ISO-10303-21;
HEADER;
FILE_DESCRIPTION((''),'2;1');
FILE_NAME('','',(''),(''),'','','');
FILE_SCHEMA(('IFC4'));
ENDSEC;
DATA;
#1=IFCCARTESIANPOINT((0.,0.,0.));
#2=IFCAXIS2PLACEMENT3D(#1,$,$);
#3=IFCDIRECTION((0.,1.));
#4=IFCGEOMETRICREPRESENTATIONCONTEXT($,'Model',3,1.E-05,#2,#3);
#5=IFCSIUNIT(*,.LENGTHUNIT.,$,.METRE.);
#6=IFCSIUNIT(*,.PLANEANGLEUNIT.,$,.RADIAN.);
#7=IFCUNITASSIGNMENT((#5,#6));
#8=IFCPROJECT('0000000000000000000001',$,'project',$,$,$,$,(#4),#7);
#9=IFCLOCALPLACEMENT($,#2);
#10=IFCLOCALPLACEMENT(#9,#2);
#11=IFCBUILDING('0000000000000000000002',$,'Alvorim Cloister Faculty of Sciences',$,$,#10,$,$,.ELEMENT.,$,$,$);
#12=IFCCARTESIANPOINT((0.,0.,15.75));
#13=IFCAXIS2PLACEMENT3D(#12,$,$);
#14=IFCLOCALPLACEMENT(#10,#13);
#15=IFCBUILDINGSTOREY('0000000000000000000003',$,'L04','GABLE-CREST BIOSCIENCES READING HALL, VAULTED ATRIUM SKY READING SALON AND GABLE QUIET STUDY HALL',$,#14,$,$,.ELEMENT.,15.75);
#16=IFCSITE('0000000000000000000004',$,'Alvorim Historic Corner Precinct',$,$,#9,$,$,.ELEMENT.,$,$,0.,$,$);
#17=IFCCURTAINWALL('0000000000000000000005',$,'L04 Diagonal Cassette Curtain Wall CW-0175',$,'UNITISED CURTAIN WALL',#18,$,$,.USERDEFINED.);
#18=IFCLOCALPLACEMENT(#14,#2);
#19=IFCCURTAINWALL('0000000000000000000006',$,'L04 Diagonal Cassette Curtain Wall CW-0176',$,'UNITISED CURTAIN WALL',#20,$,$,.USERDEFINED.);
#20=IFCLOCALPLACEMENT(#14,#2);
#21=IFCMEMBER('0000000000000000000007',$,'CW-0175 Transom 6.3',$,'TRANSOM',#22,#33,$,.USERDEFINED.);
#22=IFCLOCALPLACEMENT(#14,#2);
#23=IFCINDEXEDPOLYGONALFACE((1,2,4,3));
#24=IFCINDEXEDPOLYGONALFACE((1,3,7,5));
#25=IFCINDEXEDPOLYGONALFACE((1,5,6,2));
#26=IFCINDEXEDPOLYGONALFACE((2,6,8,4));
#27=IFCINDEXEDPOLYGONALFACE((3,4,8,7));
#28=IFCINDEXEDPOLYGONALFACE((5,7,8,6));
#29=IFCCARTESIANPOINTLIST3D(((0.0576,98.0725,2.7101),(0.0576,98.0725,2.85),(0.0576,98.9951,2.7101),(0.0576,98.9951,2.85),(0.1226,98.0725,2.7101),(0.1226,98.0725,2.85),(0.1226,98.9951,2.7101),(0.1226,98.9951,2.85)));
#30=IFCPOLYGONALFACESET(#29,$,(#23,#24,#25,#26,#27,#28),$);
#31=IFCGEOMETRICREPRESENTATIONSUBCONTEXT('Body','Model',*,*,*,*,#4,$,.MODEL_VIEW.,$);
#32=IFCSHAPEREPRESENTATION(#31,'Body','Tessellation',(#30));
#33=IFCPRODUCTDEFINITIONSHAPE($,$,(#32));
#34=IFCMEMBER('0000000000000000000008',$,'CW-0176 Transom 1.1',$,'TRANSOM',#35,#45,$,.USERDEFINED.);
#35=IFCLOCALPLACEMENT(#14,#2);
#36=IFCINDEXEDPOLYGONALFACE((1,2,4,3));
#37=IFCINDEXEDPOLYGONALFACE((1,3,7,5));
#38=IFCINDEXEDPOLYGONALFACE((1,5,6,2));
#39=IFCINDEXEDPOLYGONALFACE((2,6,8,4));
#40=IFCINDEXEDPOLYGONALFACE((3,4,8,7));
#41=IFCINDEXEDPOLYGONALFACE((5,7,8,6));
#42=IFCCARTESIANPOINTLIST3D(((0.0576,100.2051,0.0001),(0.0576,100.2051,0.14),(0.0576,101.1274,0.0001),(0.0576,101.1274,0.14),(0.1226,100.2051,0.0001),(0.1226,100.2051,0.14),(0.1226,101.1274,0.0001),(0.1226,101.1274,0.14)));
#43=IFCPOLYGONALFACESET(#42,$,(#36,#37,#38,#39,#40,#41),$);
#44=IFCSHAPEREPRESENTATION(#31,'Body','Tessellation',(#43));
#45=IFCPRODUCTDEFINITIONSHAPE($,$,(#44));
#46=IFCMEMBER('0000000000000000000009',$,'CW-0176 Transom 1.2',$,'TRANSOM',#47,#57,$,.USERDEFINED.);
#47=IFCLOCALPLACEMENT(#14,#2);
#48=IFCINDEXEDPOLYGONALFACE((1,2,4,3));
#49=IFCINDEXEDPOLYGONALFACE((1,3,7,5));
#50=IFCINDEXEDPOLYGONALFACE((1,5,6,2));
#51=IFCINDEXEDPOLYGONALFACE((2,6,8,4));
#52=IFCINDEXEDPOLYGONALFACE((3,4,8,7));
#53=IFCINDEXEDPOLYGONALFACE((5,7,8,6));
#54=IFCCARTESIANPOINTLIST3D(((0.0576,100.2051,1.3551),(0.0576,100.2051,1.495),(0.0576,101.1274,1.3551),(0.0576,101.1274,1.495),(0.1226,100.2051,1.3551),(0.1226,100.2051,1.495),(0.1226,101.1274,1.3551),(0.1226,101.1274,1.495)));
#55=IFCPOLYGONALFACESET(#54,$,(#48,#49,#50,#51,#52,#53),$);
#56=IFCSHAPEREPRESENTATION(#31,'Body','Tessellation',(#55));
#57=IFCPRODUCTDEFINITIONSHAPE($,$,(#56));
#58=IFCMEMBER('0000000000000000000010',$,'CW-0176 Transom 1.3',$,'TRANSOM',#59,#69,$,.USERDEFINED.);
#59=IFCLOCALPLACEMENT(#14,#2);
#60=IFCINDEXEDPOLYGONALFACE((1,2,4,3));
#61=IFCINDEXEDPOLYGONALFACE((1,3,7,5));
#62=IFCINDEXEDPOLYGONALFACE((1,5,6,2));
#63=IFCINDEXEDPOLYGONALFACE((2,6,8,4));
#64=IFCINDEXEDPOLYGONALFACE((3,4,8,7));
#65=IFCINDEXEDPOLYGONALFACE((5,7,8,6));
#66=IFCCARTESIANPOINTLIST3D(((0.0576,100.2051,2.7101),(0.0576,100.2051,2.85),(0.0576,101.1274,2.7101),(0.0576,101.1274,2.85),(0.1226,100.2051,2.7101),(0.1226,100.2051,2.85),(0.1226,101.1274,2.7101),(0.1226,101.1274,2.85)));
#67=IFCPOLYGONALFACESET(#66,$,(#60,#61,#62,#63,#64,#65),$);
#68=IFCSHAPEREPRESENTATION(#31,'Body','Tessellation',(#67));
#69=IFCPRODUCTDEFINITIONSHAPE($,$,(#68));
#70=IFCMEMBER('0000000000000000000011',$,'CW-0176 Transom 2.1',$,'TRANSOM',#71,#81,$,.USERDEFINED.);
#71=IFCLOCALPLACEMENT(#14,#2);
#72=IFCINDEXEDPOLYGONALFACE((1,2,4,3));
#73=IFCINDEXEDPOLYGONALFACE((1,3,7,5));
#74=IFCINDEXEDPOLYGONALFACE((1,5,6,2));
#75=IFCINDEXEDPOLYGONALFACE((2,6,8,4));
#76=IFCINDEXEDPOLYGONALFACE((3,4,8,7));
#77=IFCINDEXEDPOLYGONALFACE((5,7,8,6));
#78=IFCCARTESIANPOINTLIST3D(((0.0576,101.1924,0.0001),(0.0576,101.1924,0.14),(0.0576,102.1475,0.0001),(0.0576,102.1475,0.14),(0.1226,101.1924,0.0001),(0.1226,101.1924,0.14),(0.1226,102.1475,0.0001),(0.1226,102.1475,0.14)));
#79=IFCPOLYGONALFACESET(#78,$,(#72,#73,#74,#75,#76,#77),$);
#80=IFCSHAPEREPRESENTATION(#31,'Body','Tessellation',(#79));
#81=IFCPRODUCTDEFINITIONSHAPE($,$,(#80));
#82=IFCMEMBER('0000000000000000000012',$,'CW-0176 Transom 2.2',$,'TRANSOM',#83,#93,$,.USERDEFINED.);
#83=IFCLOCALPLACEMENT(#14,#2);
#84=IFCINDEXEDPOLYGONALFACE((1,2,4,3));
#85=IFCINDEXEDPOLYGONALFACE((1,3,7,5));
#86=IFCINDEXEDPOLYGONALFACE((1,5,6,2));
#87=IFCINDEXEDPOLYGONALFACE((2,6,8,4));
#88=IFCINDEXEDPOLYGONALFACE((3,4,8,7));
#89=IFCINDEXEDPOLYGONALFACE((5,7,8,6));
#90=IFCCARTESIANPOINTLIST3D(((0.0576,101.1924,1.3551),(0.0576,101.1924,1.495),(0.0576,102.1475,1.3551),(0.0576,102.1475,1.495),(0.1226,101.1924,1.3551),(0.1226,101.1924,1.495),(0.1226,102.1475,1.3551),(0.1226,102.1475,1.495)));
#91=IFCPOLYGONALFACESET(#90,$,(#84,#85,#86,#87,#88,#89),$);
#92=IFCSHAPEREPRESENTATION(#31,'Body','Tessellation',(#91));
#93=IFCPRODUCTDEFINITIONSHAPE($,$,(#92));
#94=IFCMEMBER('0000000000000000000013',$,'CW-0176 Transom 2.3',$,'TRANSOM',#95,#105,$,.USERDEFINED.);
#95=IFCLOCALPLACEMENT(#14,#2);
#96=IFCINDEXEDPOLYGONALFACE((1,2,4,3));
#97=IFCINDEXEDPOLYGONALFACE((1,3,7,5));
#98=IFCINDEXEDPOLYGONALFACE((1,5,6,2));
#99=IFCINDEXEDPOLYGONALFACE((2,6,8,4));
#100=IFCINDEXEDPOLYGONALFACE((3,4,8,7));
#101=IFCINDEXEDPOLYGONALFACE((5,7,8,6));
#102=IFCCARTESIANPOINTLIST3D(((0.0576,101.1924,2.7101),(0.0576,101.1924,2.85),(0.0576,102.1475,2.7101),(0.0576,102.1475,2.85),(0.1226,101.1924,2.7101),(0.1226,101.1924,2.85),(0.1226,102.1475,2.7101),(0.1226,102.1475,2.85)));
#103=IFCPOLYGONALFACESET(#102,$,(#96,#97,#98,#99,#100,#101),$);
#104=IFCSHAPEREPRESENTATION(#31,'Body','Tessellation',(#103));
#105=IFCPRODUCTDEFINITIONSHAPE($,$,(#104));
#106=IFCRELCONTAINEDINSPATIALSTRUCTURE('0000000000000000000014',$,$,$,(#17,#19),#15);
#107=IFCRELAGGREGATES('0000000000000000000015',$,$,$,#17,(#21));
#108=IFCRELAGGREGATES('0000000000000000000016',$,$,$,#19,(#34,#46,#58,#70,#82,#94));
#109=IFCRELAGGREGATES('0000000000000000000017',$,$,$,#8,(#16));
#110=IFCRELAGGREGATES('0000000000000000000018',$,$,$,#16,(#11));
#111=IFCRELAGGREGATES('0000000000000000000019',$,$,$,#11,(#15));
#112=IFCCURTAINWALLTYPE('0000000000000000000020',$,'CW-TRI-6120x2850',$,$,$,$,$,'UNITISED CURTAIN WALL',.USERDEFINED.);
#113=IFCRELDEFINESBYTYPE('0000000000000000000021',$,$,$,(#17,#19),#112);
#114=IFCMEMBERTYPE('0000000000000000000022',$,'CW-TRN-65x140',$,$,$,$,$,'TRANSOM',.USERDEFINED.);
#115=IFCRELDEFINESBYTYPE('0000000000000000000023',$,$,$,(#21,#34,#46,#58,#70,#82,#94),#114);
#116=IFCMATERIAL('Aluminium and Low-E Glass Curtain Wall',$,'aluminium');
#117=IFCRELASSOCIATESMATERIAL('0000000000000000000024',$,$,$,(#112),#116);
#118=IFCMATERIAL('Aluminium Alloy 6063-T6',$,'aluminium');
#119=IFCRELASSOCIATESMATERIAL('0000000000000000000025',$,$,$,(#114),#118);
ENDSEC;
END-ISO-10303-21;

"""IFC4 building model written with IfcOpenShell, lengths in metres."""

from ifc_helpers import new_model, si_unit, direction, frame, origin, origin_2d, place, context, subcontext, project, spatial, rectangle, extrude, material, material_profile, profile_set, type_object, element, aggregate, save


model = new_model("IFC4")

# Units and contexts
model_context = context("Model", 3, precision=1e-05, world=origin(), true_north=direction((0.0, 1.0)))
body_context = subcontext(model_context, "Body", "Model", "MODEL_VIEW")
ifc_project = project(units=[si_unit("LENGTHUNIT", "METRE"), si_unit("PLANEANGLEUNIT", "RADIAN")], contexts=[model_context])

# Site, building, storey
site_placement = place(None, origin())
site = spatial("IfcSite", under=ifc_project, at=site_placement, Name="Alvorim Historic Corner Precinct", CompositionType="ELEMENT", RefElevation=0.0)
building_placement = place(site_placement, origin())
building = spatial("IfcBuilding", under=site, at=building_placement, Name="Alvorim Cloister Faculty of Sciences", CompositionType="ELEMENT")
storey_placement = place(building_placement, frame((0.0, 0.0, 15.75)))
storey = spatial("IfcBuildingStorey", under=building, at=storey_placement, Name="L04", Description="GABLE-CREST BIOSCIENCES READING HALL, VAULTED ATRIUM SKY READING SALON AND GABLE QUIET STUDY HALL", CompositionType="ELEMENT", Elevation=15.75)

# Curtain walls
ifc_material_1 = material(Name="Aluminium and Low-E Glass Curtain Wall", Category="aluminium")
curtain_wall_type = type_object("IfcCurtainWallType", Name="CW-TRI-6120x2850", ElementType="UNITISED CURTAIN WALL", PredefinedType="USERDEFINED", material=ifc_material_1)
curtain_wall_1_placement = place(storey_placement, origin())
curtain_wall_1 = element("IfcCurtainWall", 1, at=curtain_wall_1_placement, inside=storey, type_object=curtain_wall_type, Name="L04 Diagonal Cassette Curtain Wall CW-0175", ObjectType="UNITISED CURTAIN WALL", PredefinedType="USERDEFINED")
ifc_material_2 = material(Name="Aluminium Alloy 6063-T6", Category="aluminium")
curtain_wall_2_placement = place(storey_placement, origin())
curtain_wall_2 = element("IfcCurtainWall", 2, at=curtain_wall_2_placement, inside=storey, type_object=curtain_wall_type, Name="L04 Diagonal Cassette Curtain Wall CW-0176", ObjectType="UNITISED CURTAIN WALL", PredefinedType="USERDEFINED")

# Members
ifc_material_profile_1 = material_profile(ifc_material_2, rectangle(XDim=0.0649, YDim=0.1399, at=origin_2d()), Name="ALU-TRN-65x140")
ifc_profile_set_1 = profile_set([ifc_material_profile_1], Name="Aluminium Alloy 6063-T6")
member_type_1 = type_object("IfcMemberType", Name="CW-TRN-65x140", ElementType="TRANSOM", PredefinedType="USERDEFINED", material=ifc_profile_set_1)
member_1_placement = place(storey_placement, frame((0.0901, 98.0725, 2.78), z_axis=(0.0, 1.0, 0.0), x_axis=(-1.0, 0.0, 0.0)))
member_1 = element("IfcMember", 3, at=member_1_placement, type_object=member_type_1, Name="CW-0175 Transom 6.3", ObjectType="TRANSOM", PredefinedType="USERDEFINED", context=body_context, shape_type="SweptSolid", body=[
    extrude(rectangle(XDim=0.0649, YDim=0.1399, at=origin_2d()), origin(), (0.0, 0.0, 1.0), 0.9226),
])
aggregate(curtain_wall_1, [member_1])
member_2_placement = place(storey_placement, frame((0.0901, 100.2051, 0.0701), z_axis=(0.0, 1.0, 0.0), x_axis=(-1.0, 0.0, 0.0)))
member_2 = element("IfcMember", 4, at=member_2_placement, type_object=member_type_1, Name="CW-0176 Transom 1.1", ObjectType="TRANSOM", PredefinedType="USERDEFINED", context=body_context, shape_type="SweptSolid", body=[
    extrude(rectangle(XDim=0.0649, YDim=0.1399, at=origin_2d()), origin(), (0.0, 0.0, 1.0), 0.9224),
])
member_3_placement = place(storey_placement, frame((0.0901, 100.2051, 1.425), z_axis=(0.0, 1.0, 0.0), x_axis=(-1.0, 0.0, 0.0)))
member_3 = element("IfcMember", 5, at=member_3_placement, type_object=member_type_1, Name="CW-0176 Transom 1.2", ObjectType="TRANSOM", PredefinedType="USERDEFINED", context=body_context, shape_type="SweptSolid", body=[
    extrude(rectangle(XDim=0.0649, YDim=0.1399, at=origin_2d()), origin(), (0.0, 0.0, 1.0), 0.9224),
])
member_4_placement = place(storey_placement, frame((0.0901, 100.2051, 2.78), z_axis=(0.0, 1.0, 0.0), x_axis=(-1.0, 0.0, 0.0)))
member_4 = element("IfcMember", 6, at=member_4_placement, type_object=member_type_1, Name="CW-0176 Transom 1.3", ObjectType="TRANSOM", PredefinedType="USERDEFINED", context=body_context, shape_type="SweptSolid", body=[
    extrude(rectangle(XDim=0.0649, YDim=0.1399, at=origin_2d()), origin(), (0.0, 0.0, 1.0), 0.9224),
])
member_5_placement = place(storey_placement, frame((0.0901, 101.1924, 0.0701), z_axis=(0.0, 1.0, 0.0), x_axis=(-1.0, 0.0, 0.0)))
member_5 = element("IfcMember", 7, at=member_5_placement, type_object=member_type_1, Name="CW-0176 Transom 2.1", ObjectType="TRANSOM", PredefinedType="USERDEFINED", context=body_context, shape_type="SweptSolid", body=[
    extrude(rectangle(XDim=0.0649, YDim=0.1399, at=origin_2d()), origin(), (0.0, 0.0, 1.0), 0.9551),
])
member_6_placement = place(storey_placement, frame((0.0901, 101.1924, 1.425), z_axis=(0.0, 1.0, 0.0), x_axis=(-1.0, 0.0, 0.0)))
member_6 = element("IfcMember", 8, at=member_6_placement, type_object=member_type_1, Name="CW-0176 Transom 2.2", ObjectType="TRANSOM", PredefinedType="USERDEFINED", context=body_context, shape_type="SweptSolid", body=[
    extrude(rectangle(XDim=0.0649, YDim=0.1399, at=origin_2d()), origin(), (0.0, 0.0, 1.0), 0.9551),
])
member_7_placement = place(storey_placement, frame((0.0901, 101.1924, 2.78), z_axis=(0.0, 1.0, 0.0), x_axis=(-1.0, 0.0, 0.0)))
member_7 = element("IfcMember", 9, at=member_7_placement, type_object=member_type_1, Name="CW-0176 Transom 2.3", ObjectType="TRANSOM", PredefinedType="USERDEFINED", context=body_context, shape_type="SweptSolid", body=[
    extrude(rectangle(XDim=0.0649, YDim=0.1399, at=origin_2d()), origin(), (0.0, 0.0, 1.0), 0.9551),
])
aggregate(curtain_wall_2, [member_2, member_3, member_4, member_5, member_6, member_7])

save(model, "model.ifc")
